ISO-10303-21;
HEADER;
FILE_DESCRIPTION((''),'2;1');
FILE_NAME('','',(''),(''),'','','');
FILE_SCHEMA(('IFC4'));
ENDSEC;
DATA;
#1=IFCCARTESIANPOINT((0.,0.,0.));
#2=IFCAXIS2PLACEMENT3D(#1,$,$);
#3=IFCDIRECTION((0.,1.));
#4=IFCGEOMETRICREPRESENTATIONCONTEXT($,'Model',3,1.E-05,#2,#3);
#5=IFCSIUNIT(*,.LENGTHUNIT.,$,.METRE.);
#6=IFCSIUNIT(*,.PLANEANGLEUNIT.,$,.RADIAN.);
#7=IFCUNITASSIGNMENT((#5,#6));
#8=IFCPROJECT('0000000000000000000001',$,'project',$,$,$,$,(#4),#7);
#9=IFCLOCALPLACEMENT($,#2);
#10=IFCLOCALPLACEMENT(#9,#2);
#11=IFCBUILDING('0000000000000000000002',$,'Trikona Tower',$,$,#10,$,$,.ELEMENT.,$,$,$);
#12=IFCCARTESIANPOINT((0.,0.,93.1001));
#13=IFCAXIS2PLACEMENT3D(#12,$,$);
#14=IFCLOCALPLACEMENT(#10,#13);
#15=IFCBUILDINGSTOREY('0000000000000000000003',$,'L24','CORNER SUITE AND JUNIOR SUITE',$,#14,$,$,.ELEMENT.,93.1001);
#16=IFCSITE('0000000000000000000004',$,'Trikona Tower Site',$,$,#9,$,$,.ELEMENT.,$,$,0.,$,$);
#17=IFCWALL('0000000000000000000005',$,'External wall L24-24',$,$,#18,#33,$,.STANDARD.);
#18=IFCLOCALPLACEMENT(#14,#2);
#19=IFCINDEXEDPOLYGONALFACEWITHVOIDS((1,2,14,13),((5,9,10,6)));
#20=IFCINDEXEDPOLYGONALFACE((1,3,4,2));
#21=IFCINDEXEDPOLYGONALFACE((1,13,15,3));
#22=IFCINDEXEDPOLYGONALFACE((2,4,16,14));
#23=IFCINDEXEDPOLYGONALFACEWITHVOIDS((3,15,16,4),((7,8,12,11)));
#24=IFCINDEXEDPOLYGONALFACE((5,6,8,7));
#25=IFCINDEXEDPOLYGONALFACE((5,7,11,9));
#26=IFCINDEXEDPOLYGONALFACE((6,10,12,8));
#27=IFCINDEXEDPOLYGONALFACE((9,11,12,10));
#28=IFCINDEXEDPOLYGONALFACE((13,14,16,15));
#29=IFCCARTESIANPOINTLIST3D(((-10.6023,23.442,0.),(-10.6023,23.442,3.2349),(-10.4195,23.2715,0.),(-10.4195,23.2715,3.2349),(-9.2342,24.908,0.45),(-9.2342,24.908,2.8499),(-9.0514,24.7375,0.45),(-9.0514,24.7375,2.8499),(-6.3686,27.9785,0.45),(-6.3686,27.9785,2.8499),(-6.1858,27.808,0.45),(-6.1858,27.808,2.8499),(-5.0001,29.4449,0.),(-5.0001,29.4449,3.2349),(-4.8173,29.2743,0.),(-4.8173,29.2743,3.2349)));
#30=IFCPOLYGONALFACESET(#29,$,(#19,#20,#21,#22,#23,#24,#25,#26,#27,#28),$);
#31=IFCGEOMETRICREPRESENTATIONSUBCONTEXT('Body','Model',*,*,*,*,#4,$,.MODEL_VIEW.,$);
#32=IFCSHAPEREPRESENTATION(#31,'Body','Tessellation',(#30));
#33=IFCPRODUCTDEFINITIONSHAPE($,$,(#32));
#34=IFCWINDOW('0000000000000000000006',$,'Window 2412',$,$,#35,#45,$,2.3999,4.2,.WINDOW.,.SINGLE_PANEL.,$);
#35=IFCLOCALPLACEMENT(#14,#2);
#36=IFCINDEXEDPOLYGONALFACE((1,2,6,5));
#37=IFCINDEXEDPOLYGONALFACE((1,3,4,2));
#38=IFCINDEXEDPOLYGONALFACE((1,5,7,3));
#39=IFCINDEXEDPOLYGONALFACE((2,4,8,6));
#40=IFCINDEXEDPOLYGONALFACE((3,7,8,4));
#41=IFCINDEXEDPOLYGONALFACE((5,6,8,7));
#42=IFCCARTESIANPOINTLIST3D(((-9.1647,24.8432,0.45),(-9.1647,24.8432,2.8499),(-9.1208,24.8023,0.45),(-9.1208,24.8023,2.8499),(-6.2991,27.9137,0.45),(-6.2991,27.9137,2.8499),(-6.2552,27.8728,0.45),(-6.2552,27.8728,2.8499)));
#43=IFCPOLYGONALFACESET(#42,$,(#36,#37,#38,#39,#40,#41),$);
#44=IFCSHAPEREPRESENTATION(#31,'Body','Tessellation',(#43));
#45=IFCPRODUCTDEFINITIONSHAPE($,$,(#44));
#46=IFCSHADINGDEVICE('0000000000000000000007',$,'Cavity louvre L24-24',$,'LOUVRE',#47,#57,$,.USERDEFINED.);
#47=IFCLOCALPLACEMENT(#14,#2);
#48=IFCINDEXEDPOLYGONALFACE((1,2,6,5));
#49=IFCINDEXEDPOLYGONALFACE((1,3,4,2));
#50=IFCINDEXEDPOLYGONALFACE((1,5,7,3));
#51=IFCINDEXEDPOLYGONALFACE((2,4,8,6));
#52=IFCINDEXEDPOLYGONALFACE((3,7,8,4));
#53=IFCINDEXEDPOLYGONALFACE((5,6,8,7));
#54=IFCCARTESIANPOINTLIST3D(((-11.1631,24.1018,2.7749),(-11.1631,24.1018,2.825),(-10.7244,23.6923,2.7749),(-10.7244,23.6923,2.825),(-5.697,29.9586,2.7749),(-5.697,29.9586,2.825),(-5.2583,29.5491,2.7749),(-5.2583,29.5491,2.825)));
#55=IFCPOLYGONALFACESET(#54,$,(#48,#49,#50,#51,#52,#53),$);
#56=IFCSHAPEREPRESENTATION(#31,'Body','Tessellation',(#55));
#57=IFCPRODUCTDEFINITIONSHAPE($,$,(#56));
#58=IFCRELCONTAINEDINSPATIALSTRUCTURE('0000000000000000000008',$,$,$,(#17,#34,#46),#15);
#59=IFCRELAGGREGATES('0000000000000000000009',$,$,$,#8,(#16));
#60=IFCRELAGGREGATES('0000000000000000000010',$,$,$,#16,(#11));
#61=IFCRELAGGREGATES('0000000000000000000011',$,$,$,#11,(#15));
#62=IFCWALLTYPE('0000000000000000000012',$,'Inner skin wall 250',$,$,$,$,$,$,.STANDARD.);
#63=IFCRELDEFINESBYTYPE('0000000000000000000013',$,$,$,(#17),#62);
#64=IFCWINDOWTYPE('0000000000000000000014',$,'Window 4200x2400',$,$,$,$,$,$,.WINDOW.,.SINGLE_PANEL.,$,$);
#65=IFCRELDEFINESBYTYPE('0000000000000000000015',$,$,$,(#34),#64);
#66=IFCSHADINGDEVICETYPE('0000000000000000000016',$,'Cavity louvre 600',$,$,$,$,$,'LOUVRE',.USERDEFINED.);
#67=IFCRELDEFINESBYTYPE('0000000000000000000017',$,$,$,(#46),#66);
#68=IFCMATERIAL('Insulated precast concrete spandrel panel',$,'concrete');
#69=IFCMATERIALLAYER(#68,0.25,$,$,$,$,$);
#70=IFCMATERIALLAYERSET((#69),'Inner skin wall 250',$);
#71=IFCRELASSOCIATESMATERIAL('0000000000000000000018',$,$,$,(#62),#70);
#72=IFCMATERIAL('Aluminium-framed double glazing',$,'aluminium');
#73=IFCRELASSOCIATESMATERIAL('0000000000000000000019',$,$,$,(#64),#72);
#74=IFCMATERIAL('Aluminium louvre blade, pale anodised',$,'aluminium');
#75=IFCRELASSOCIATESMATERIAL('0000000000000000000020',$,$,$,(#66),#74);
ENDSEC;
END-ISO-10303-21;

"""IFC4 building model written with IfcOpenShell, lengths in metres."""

from ifc_helpers import new_model, si_unit, direction, frame, frame_2d, origin, origin_2d, place, context, subcontext, project, spatial, rectangle, extrude, material, layer, layer_set, type_object, element, fill, save


model = new_model("IFC4")

# Units and contexts
model_context = context("Model", 3, precision=1e-05, world=origin(), true_north=direction((0.0, 1.0)))
body_context = subcontext(model_context, "Body", "Model", "MODEL_VIEW")
ifc_project = project(units=[si_unit("LENGTHUNIT", "METRE"), si_unit("PLANEANGLEUNIT", "RADIAN")], contexts=[model_context])

# Site, building, storey
site_placement = place(None, origin())
site = spatial("IfcSite", under=ifc_project, at=site_placement, Name="Trikona Tower Site", CompositionType="ELEMENT", RefElevation=0.0)
building_placement = place(site_placement, origin())
building = spatial("IfcBuilding", under=site, at=building_placement, Name="Trikona Tower", CompositionType="ELEMENT")
storey_placement = place(building_placement, frame((0.0, 0.0, 93.1001)))
storey = spatial("IfcBuildingStorey", under=building, at=storey_placement, Name="L24", Description="CORNER SUITE AND JUNIOR SUITE", CompositionType="ELEMENT", Elevation=93.1001)

# Wall, opening, window
ifc_material_1 = material(Name="Insulated precast concrete spandrel panel", Category="concrete")
ifc_layer_1 = layer(ifc_material_1, 0.25)
ifc_layer_set_1 = layer_set([ifc_layer_1], Name="Inner skin wall 250")
wall_type_1 = type_object("IfcWallType", Name="Inner skin wall 250", PredefinedType="STANDARD", material=ifc_layer_set_1)
wall_1_placement = place(storey_placement, frame((-4.9087, 29.3596, 0.0), z_axis=(0.0, 0.0, 1.0), x_axis=(-0.68229, -0.731082, 0.0)))
wall_1 = element("IfcWall", 1, at=wall_1_placement, inside=storey, type_object=wall_type_1, Name="External wall L24-24", PredefinedType="STANDARD", context=body_context, shape_type="SweptSolid", body=[
    extrude(rectangle(XDim=8.2109, YDim=0.25, at=frame_2d((4.1055, 0.0))), origin(), (0.0, 0.0, 1.0), 3.2349),
])
opening_1_placement = place(wall_1_placement, frame((2.0056, 0.0, 0.45)))
opening_1 = element("IfcOpeningElement", 2, at=opening_1_placement, cuts=wall_1, PredefinedType="OPENING", context=body_context, shape_type="SweptSolid", body=[
    extrude(rectangle(XDim=4.2, YDim=2.3999, at=frame_2d((2.1001, 1.2))), frame((0.0, 0.135, 0.0), z_axis=(0.0, -1.0, 0.0), x_axis=(1.0, 0.0, 0.0)), (0.0, 0.0, 1.0), 0.27),
])
ifc_material_2 = material(Name="Aluminium-framed double glazing", Category="aluminium")
window_type_1 = type_object("IfcWindowType", Name="Window 4200x2400", PartitioningType="SINGLE_PANEL", PredefinedType="WINDOW", material=ifc_material_2)
window_1_placement = place(opening_1_placement, origin())
window_1 = element("IfcWindow", 3, at=window_1_placement, inside=storey, type_object=window_type_1, Name="Window 2412", OverallHeight=2.3999, OverallWidth=4.2, PartitioningType="SINGLE_PANEL", PredefinedType="WINDOW", context=body_context, shape_type="SweptSolid", body=[
    extrude(rectangle(XDim=4.2, YDim=2.3999, at=frame_2d((2.1001, 1.2))), frame((0.0, 0.03, 0.0), z_axis=(0.0, -1.0, 0.0), x_axis=(1.0, 0.0, 0.0)), (0.0, 0.0, 1.0), 0.0601),
])
fill(opening_1, window_1)

# Shading device
ifc_material_3 = material(Name="Aluminium louvre blade, pale anodised", Category="aluminium")
shading_device_type = type_object("IfcShadingDeviceType", Name="Cavity louvre 600", ElementType="LOUVRE", PredefinedType="USERDEFINED", material=ifc_material_3)
shading_device_placement = place(storey_placement, frame((-8.2107, 26.8254, 2.7749), z_axis=(0.0, 0.0, 1.0), x_axis=(-0.682298, -0.731074, 0.0)))
element("IfcShadingDevice", 4, at=shading_device_placement, inside=storey, type_object=shading_device_type, Name="Cavity louvre L24-24", ObjectType="LOUVRE", PredefinedType="USERDEFINED", context=body_context, shape_type="SweptSolid", body=[
    extrude(rectangle(XDim=8.0112, YDim=0.6001, at=origin_2d()), origin(), (0.0, 0.0, 1.0), 0.05),
])

save(model, "model.ifc")
